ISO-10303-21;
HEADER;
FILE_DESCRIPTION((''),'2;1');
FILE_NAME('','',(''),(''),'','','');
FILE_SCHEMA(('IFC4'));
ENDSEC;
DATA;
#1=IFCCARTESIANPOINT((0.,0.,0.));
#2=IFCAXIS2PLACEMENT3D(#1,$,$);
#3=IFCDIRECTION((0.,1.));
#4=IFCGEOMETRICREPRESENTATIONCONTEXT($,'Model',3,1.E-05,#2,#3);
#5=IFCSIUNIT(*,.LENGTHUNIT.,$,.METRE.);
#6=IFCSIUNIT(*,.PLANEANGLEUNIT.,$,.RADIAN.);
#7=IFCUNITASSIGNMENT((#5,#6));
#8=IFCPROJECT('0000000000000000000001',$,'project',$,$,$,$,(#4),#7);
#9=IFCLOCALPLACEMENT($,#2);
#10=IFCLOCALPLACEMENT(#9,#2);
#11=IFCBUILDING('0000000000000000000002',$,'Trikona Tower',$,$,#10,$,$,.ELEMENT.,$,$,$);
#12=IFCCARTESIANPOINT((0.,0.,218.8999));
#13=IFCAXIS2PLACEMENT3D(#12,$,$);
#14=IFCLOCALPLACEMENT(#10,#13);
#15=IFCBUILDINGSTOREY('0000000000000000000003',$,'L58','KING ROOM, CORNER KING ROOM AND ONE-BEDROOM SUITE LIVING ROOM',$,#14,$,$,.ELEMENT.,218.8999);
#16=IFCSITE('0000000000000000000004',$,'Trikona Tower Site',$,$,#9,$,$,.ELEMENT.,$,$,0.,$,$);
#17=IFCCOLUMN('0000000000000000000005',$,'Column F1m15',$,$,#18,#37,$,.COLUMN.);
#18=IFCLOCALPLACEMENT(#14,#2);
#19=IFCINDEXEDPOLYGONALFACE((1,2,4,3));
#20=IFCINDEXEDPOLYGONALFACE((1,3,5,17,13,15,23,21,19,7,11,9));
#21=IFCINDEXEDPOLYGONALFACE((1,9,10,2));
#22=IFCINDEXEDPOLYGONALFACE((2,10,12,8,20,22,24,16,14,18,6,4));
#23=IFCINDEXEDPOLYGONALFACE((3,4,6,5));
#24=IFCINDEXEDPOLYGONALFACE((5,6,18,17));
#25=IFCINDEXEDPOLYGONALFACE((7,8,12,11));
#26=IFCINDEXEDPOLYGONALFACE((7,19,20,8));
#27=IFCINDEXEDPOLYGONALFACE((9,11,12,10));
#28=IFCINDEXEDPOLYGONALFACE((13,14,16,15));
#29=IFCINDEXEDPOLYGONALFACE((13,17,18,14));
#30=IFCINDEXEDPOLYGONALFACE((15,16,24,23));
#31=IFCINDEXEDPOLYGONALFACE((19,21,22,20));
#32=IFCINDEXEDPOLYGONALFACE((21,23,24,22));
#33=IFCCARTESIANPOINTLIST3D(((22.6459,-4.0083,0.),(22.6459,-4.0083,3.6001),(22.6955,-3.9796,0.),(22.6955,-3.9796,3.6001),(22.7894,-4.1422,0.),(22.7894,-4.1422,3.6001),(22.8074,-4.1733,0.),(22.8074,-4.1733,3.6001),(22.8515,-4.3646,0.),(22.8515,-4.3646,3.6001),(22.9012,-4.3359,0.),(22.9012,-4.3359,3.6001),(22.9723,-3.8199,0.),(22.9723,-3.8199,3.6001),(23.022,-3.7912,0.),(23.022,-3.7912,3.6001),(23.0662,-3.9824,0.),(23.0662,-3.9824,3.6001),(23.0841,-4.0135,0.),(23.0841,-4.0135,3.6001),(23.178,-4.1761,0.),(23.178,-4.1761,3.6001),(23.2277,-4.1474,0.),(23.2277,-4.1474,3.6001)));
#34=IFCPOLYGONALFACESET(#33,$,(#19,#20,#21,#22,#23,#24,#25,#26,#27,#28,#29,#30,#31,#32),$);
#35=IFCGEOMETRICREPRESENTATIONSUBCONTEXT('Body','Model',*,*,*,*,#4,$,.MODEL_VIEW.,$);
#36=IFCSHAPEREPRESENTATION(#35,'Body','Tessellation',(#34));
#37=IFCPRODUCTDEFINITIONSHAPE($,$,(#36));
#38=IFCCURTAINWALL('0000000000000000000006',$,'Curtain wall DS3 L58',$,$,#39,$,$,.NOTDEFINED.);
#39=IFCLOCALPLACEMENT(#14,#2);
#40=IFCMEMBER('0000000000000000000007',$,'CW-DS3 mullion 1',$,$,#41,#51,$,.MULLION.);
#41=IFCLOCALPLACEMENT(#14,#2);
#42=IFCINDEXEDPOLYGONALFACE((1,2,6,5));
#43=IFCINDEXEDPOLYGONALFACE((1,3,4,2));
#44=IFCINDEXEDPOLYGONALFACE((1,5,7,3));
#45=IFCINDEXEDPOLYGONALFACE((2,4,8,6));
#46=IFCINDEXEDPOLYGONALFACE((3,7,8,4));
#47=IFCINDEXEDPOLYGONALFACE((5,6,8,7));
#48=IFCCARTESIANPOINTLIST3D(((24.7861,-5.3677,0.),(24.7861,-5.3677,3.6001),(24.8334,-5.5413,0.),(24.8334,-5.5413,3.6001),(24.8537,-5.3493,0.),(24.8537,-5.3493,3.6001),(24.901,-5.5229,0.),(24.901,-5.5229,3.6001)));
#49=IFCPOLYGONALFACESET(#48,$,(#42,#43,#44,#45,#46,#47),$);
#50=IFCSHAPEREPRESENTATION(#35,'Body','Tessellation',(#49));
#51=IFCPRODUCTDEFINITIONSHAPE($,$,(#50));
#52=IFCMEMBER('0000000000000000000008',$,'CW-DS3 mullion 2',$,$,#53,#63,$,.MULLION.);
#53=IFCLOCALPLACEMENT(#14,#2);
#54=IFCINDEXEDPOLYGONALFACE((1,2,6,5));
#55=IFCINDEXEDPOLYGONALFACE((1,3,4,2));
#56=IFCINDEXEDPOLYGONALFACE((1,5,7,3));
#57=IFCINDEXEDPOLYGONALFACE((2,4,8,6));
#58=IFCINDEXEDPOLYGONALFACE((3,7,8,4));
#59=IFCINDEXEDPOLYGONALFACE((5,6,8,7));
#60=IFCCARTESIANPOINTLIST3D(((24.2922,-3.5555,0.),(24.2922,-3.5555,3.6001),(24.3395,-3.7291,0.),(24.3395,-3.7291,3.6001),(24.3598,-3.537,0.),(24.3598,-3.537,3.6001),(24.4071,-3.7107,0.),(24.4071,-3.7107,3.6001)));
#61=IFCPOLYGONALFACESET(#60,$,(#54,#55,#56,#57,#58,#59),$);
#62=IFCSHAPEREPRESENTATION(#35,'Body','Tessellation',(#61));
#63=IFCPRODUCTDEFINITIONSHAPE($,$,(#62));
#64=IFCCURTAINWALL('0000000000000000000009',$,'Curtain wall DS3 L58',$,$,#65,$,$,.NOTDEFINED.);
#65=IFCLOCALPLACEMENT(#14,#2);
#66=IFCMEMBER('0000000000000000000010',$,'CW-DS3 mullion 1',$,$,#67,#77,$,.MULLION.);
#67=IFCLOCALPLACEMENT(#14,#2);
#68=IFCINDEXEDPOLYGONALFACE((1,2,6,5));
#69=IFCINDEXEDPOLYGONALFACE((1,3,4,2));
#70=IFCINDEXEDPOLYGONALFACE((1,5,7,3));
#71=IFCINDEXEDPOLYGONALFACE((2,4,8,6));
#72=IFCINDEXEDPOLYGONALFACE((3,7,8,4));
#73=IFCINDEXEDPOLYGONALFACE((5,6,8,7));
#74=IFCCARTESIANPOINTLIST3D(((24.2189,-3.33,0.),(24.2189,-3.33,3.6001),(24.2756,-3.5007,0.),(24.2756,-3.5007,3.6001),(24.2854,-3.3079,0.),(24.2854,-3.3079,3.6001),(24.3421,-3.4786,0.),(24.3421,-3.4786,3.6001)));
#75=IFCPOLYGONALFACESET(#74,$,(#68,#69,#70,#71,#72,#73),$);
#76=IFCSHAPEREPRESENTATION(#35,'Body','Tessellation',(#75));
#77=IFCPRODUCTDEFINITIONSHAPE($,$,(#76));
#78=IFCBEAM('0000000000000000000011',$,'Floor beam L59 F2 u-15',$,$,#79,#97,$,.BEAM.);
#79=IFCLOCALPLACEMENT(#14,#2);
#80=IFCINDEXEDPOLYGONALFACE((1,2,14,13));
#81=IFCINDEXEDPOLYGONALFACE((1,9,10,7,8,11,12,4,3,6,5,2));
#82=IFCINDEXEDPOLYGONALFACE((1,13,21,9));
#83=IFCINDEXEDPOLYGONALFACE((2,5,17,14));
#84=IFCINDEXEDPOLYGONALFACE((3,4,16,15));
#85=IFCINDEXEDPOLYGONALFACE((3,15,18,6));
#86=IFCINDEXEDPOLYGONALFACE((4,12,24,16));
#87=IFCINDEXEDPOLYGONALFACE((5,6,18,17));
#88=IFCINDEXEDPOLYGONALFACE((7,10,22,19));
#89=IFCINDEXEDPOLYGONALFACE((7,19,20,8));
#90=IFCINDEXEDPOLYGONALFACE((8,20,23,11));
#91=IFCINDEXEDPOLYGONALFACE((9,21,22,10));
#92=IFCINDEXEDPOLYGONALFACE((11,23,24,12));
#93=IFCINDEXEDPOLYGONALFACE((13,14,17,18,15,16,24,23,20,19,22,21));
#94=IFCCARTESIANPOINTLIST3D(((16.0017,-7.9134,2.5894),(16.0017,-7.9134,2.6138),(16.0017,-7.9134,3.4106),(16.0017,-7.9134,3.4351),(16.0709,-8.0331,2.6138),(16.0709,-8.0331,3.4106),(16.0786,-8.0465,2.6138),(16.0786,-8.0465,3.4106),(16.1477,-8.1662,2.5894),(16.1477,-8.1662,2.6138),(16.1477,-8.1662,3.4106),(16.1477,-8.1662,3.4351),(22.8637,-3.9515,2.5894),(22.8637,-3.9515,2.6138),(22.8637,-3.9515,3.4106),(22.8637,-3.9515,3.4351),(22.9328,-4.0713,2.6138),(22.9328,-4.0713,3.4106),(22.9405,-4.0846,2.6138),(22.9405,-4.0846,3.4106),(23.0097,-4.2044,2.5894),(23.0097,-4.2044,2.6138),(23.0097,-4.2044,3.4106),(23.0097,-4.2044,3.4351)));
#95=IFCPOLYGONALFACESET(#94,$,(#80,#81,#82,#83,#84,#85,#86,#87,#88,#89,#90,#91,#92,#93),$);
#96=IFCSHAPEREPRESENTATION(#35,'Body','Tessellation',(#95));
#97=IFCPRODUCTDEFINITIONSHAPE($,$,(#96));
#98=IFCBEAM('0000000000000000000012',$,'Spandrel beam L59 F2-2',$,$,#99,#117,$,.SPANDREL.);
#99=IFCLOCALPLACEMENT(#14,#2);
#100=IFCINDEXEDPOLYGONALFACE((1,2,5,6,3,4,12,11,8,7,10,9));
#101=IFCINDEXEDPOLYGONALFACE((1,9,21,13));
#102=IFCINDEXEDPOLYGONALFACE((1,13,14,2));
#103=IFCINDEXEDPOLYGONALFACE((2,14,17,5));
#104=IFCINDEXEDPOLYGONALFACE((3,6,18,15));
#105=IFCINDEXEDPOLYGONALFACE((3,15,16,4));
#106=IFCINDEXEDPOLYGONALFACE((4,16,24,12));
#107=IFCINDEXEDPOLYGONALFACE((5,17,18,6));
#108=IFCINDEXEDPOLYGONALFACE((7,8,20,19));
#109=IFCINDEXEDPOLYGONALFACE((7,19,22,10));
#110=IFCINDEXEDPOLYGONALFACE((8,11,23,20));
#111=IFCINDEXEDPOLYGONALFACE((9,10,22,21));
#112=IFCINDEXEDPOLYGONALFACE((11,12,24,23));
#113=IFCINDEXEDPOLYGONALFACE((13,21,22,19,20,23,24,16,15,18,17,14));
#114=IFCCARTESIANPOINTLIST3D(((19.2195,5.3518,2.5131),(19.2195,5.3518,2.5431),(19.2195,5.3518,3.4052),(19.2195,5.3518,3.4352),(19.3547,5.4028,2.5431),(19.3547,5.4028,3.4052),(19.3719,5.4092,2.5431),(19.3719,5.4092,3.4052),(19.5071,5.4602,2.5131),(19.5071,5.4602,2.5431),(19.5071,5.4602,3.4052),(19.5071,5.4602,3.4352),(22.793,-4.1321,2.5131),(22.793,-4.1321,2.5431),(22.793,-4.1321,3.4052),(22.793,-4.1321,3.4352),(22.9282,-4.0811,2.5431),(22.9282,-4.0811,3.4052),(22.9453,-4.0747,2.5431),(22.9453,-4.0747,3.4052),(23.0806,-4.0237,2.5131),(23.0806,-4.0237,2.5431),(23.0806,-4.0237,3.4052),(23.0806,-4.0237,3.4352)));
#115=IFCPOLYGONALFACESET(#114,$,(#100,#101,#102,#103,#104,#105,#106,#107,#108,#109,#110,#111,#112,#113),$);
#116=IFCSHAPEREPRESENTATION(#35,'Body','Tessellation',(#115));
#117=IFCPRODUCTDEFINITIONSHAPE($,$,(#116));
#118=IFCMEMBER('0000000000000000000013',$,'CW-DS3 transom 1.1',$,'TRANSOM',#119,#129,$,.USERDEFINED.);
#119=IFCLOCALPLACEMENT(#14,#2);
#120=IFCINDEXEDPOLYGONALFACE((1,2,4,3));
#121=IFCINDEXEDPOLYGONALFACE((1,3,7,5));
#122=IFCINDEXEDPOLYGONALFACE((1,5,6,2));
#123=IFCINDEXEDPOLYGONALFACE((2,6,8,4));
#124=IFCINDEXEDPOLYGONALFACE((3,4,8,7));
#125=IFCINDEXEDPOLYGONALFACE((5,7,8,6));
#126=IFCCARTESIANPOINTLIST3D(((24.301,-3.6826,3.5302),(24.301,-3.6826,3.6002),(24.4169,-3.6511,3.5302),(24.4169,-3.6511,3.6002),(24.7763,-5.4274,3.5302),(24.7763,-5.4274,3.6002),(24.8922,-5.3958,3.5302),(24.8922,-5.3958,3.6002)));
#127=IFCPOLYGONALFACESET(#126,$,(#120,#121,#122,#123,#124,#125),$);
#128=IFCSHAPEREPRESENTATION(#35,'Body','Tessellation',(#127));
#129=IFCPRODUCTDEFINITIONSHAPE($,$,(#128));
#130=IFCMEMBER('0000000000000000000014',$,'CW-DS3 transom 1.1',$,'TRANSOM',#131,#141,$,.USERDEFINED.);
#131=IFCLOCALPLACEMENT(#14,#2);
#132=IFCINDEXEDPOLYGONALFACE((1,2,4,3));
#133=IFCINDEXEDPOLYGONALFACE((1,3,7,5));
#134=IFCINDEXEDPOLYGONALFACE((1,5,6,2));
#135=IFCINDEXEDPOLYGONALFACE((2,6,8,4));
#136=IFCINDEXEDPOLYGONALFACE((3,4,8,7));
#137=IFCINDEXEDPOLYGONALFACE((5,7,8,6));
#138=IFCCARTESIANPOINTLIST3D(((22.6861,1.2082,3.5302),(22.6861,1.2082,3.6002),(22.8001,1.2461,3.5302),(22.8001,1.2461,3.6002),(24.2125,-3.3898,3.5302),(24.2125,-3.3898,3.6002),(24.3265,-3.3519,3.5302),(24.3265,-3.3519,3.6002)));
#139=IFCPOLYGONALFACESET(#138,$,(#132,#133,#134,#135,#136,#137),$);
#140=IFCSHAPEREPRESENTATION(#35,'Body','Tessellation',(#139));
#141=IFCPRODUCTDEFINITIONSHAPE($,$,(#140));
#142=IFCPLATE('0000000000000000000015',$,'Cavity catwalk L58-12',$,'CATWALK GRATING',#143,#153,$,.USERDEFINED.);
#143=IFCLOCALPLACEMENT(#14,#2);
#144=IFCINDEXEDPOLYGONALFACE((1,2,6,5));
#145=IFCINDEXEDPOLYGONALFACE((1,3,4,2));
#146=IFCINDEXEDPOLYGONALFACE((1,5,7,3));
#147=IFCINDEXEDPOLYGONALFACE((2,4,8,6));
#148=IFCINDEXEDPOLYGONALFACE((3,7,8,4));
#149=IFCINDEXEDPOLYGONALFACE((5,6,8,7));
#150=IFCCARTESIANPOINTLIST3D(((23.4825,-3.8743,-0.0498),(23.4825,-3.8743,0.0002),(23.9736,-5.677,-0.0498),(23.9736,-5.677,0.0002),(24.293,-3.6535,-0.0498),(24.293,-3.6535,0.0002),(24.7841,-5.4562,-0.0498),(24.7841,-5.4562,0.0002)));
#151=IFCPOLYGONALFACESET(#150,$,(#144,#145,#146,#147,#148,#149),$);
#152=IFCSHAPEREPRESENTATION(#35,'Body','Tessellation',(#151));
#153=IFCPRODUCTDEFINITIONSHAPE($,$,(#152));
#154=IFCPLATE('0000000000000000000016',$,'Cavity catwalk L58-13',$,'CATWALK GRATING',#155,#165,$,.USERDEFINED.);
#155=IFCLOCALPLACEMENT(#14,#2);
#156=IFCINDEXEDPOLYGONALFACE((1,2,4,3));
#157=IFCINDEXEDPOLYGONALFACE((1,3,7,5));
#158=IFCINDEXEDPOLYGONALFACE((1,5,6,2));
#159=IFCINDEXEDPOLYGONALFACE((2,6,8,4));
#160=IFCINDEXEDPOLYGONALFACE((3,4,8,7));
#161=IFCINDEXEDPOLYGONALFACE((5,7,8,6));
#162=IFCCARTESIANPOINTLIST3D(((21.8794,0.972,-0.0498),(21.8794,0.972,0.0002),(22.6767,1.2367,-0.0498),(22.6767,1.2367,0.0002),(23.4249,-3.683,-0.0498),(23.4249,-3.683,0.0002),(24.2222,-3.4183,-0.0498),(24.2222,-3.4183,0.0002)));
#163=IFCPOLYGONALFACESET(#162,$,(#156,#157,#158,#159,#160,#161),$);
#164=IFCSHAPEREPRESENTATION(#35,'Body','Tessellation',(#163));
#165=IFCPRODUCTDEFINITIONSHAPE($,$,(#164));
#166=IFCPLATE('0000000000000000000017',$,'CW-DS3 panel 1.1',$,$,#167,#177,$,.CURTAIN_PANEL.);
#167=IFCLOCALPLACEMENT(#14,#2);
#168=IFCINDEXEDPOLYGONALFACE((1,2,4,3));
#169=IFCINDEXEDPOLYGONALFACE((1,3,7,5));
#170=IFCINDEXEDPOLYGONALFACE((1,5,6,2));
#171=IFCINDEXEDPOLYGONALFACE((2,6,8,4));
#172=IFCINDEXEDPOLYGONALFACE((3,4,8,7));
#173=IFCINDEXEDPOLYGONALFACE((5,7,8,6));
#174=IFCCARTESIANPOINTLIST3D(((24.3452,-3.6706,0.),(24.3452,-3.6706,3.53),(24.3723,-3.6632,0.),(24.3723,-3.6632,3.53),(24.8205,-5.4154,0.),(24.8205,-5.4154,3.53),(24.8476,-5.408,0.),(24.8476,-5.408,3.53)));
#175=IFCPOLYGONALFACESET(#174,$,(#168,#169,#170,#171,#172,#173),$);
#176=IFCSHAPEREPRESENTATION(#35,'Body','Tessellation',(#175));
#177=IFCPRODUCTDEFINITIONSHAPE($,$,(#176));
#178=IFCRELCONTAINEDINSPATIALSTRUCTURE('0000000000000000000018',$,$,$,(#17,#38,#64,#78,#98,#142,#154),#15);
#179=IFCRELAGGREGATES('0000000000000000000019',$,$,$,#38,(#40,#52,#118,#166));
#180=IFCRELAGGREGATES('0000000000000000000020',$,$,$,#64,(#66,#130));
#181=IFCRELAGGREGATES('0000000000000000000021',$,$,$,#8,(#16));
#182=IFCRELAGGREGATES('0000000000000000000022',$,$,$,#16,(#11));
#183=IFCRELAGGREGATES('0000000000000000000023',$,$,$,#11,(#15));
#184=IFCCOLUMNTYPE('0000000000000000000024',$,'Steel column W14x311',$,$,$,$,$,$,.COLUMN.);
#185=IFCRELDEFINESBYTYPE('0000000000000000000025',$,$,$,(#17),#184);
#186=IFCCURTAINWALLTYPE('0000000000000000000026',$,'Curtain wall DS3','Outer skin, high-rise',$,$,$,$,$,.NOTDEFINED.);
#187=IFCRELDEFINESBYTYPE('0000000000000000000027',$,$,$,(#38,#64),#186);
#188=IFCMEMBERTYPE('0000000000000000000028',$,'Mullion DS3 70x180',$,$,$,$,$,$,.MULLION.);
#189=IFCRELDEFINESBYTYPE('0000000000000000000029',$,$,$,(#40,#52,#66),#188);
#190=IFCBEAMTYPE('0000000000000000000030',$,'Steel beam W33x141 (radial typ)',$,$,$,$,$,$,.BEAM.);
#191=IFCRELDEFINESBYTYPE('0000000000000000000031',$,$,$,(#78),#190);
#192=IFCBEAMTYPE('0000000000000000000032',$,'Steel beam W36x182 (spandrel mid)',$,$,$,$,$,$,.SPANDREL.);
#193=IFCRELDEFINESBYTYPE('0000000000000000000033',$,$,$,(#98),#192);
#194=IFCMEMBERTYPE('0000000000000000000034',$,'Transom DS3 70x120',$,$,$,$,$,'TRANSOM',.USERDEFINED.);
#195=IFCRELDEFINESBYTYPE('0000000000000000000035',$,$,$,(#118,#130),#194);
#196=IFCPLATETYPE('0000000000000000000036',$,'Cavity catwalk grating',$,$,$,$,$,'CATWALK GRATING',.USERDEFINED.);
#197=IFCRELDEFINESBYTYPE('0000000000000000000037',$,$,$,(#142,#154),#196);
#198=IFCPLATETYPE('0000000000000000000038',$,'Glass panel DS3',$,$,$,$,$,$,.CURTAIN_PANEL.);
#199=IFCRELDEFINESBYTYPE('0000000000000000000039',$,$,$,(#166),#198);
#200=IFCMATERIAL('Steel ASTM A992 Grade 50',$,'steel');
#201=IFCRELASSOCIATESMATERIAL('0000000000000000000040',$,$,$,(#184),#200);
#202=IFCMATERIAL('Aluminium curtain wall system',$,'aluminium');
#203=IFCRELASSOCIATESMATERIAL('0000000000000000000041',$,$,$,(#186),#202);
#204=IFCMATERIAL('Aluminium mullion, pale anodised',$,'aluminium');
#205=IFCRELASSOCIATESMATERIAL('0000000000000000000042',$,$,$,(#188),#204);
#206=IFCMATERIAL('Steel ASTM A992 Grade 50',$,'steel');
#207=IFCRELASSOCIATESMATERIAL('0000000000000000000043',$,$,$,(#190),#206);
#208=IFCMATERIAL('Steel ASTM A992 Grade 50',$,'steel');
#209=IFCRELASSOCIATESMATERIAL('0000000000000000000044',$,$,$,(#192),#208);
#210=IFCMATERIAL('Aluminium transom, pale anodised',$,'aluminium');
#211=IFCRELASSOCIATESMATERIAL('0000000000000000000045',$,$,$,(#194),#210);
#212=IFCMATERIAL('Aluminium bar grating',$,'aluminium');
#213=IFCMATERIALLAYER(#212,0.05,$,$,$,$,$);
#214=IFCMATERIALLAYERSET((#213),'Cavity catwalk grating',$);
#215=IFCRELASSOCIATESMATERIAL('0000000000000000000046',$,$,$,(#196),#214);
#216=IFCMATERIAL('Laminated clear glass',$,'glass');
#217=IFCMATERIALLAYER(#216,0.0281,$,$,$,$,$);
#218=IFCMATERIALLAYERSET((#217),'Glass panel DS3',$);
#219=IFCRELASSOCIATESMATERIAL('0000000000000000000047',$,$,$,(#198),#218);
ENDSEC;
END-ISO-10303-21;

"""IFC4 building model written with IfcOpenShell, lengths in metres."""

from ifc_helpers import new_model, si_unit, direction, frame, origin, origin_2d, place, context, subcontext, project, spatial, rectangle, i_section, extrude, material, layer, layer_set, material_profile, profile_set, type_object, element, aggregate, save


model = new_model("IFC4")

# Units and contexts
model_context = context("Model", 3, precision=1e-05, world=origin(), true_north=direction((0.0, 1.0)))
body_context = subcontext(model_context, "Body", "Model", "MODEL_VIEW")
ifc_project = project(units=[si_unit("LENGTHUNIT", "METRE"), si_unit("PLANEANGLEUNIT", "RADIAN")], contexts=[model_context])

# Site, building, storey
site_placement = place(None, origin())
site = spatial("IfcSite", under=ifc_project, at=site_placement, Name="Trikona Tower Site", CompositionType="ELEMENT", RefElevation=0.0)
building_placement = place(site_placement, origin())
building = spatial("IfcBuilding", under=site, at=building_placement, Name="Trikona Tower", CompositionType="ELEMENT")
storey_placement = place(building_placement, frame((0.0, 0.0, 218.8999)))
storey = spatial("IfcBuildingStorey", under=building, at=storey_placement, Name="L58", Description="KING ROOM, CORNER KING ROOM AND ONE-BEDROOM SUITE LIVING ROOM", CompositionType="ELEMENT", Elevation=218.8999)

# Column
ifc_material_1 = material(Name="Steel ASTM A992 Grade 50", Category="steel")
ifc_material_profile_1 = material_profile(ifc_material_1, i_section(OverallWidth=0.4114, OverallDepth=0.4343, WebThickness=0.0359, FlangeThickness=0.0574, at=origin_2d()), Name="W14X311")
ifc_profile_set_1 = profile_set([ifc_material_profile_1], Name="Steel ASTM A992 Grade 50")
column_type = type_object("IfcColumnType", Name="Steel column W14x311", PredefinedType="COLUMN", material=ifc_profile_set_1)
column_placement = place(storey_placement, frame((22.9368, -4.0779, 0.0), z_axis=(0.0, 0.0, 1.0), x_axis=(-0.5, 0.866025, 0.0)))
element("IfcColumn", 1, at=column_placement, inside=storey, type_object=column_type, Name="Column F1m15", PredefinedType="COLUMN", context=body_context, shape_type="SweptSolid", body=[
    extrude(i_section(OverallWidth=0.4114, OverallDepth=0.4343, WebThickness=0.0359, FlangeThickness=0.0574, at=origin_2d()), origin(), (0.0, 0.0, 1.0), 3.6001),
])

# Curtain wall, members
ifc_material_2 = material(Name="Aluminium curtain wall system", Category="aluminium")
curtain_wall_type = type_object("IfcCurtainWallType", Name="Curtain wall DS3", Description="Outer skin, high-rise", PredefinedType="NOTDEFINED", material=ifc_material_2)
curtain_wall_1_placement = place(storey_placement, origin())
curtain_wall_1 = element("IfcCurtainWall", 2, at=curtain_wall_1_placement, inside=storey, type_object=curtain_wall_type, Name="Curtain wall DS3 L58", PredefinedType="NOTDEFINED")
ifc_material_3 = material(Name="Aluminium mullion, pale anodised", Category="aluminium")
ifc_material_profile_2 = material_profile(ifc_material_3, rectangle(XDim=0.0701, YDim=0.1799, at=origin_2d()), Name="MUL-DS3")
ifc_profile_set_2 = profile_set([ifc_material_profile_2], Name="Aluminium mullion, pale anodised")
member_type_1 = type_object("IfcMemberType", Name="Mullion DS3 70x180", PredefinedType="MULLION", material=ifc_profile_set_2)
member_1_placement = place(storey_placement, frame((24.8435, -5.4453, 0.0), z_axis=(0.0, 0.0, 1.0), x_axis=(-0.964838, -0.262844, 0.0)))
member_1 = element("IfcMember", 3, at=member_1_placement, type_object=member_type_1, Name="CW-DS3 mullion 1", PredefinedType="MULLION", context=body_context, shape_type="SweptSolid", body=[
    extrude(rectangle(XDim=0.0701, YDim=0.1799, at=origin_2d()), origin(), (0.0, 0.0, 1.0), 3.6001),
])
member_2_placement = place(storey_placement, frame((24.3496, -3.6331, 0.0), z_axis=(0.0, 0.0, 1.0), x_axis=(-0.964838, -0.262844, 0.0)))
member_2 = element("IfcMember", 4, at=member_2_placement, type_object=member_type_1, Name="CW-DS3 mullion 2", PredefinedType="MULLION", context=body_context, shape_type="SweptSolid", body=[
    extrude(rectangle(XDim=0.0701, YDim=0.1799, at=origin_2d()), origin(), (0.0, 0.0, 1.0), 3.6001),
])

# Curtain wall, member
curtain_wall_2_placement = place(storey_placement, origin())
curtain_wall_2 = element("IfcCurtainWall", 5, at=curtain_wall_2_placement, inside=storey, type_object=curtain_wall_type, Name="Curtain wall DS3 L58", PredefinedType="NOTDEFINED")
member_3_placement = place(storey_placement, frame((24.2805, -3.4043, 0.0), z_axis=(0.0, 0.0, 1.0), x_axis=(-0.949066, -0.315078, 0.0)))
member_3 = element("IfcMember", 6, at=member_3_placement, type_object=member_type_1, Name="CW-DS3 mullion 1", PredefinedType="MULLION", context=body_context, shape_type="SweptSolid", body=[
    extrude(rectangle(XDim=0.0701, YDim=0.1799, at=origin_2d()), origin(), (0.0, 0.0, 1.0), 3.6001),
])

# Beams
ifc_material_4 = material(Name="Steel ASTM A992 Grade 50", Category="steel")
ifc_material_profile_3 = material_profile(ifc_material_4, i_section(OverallWidth=0.292, OverallDepth=0.8457, WebThickness=0.0154, FlangeThickness=0.0244, at=origin_2d()), Name="W33X141")
ifc_profile_set_3 = profile_set([ifc_material_profile_3], Name="Steel ASTM A992 Grade 50")
beam_type_1 = type_object("IfcBeamType", Name="Steel beam W33x141 (radial typ)", PredefinedType="BEAM", material=ifc_profile_set_3)
beam_1_placement = place(storey_placement, frame((16.0747, -8.0398, 3.0122), z_axis=(0.86602, 0.50001, 0.0), x_axis=(-0.50001, 0.86602, 0.0)))
element("IfcBeam", 7, at=beam_1_placement, inside=storey, type_object=beam_type_1, Name="Floor beam L59 F2 u-15", PredefinedType="BEAM", context=body_context, shape_type="SweptSolid", body=[
    extrude(i_section(OverallWidth=0.292, OverallDepth=0.8457, WebThickness=0.0154, FlangeThickness=0.0244, at=origin_2d()), origin(), (0.0, 0.0, 1.0), 7.9236),
])
ifc_material_5 = material(Name="Steel ASTM A992 Grade 50", Category="steel")
ifc_material_profile_4 = material_profile(ifc_material_5, i_section(OverallWidth=0.3074, OverallDepth=0.9221, WebThickness=0.0183, FlangeThickness=0.03, at=origin_2d()), Name="W36X182")
ifc_profile_set_4 = profile_set([ifc_material_profile_4], Name="Steel ASTM A992 Grade 50")
beam_type_2 = type_object("IfcBeamType", Name="Steel beam W36x182 (spandrel mid)", PredefinedType="SPANDREL", material=ifc_profile_set_4)
beam_2_placement = place(storey_placement, frame((22.9368, -4.0779, 2.9741), z_axis=(-0.352596, 0.935776, 0.0), x_axis=(-0.935776, -0.352596, 0.0)))
element("IfcBeam", 8, at=beam_2_placement, inside=storey, type_object=beam_type_2, Name="Spandrel beam L59 F2-2", PredefinedType="SPANDREL", context=body_context, shape_type="SweptSolid", body=[
    extrude(i_section(OverallWidth=0.3074, OverallDepth=0.9221, WebThickness=0.0183, FlangeThickness=0.03, at=origin_2d()), origin(), (0.0, 0.0, 1.0), 10.1348),
])

# Members
ifc_material_6 = material(Name="Aluminium transom, pale anodised", Category="aluminium")
ifc_material_profile_5 = material_profile(ifc_material_6, rectangle(XDim=0.1201, YDim=0.0701, at=origin_2d()), Name="TRN-DS3")
ifc_profile_set_5 = profile_set([ifc_material_profile_5], Name="Aluminium transom, pale anodised")
member_type_2 = type_object("IfcMemberType", Name="Transom DS3 70x120", ElementType="TRANSOM", PredefinedType="USERDEFINED", material=ifc_profile_set_5)
member_4_placement = place(storey_placement, frame((24.8342, -5.4116, 3.5652), z_axis=(-0.262843, 0.964839, 0.0), x_axis=(-0.964839, -0.262843, 0.0)))
member_4 = element("IfcMember", 9, at=member_4_placement, type_object=member_type_2, Name="CW-DS3 transom 1.1", ObjectType="TRANSOM", PredefinedType="USERDEFINED", context=body_context, shape_type="SweptSolid", body=[
    extrude(rectangle(XDim=0.1201, YDim=0.0701, at=origin_2d()), origin(), (0.0, 0.0, 1.0), 1.8083),
])
member_5_placement = place(storey_placement, frame((24.2695, -3.3708, 3.5652), z_axis=(-0.315063, 0.949071, 0.0), x_axis=(-0.949071, -0.315063, 0.0)))
member_5 = element("IfcMember", 10, at=member_5_placement, type_object=member_type_2, Name="CW-DS3 transom 1.1", ObjectType="TRANSOM", PredefinedType="USERDEFINED", context=body_context, shape_type="SweptSolid", body=[
    extrude(rectangle(XDim=0.1201, YDim=0.0701, at=origin_2d()), origin(), (0.0, 0.0, 1.0), 4.8447),
])

# Plates
ifc_material_7 = material(Name="Aluminium bar grating", Category="aluminium")
ifc_layer_1 = layer(ifc_material_7, 0.05)
ifc_layer_set_1 = layer_set([ifc_layer_1], Name="Cavity catwalk grating")
plate_type_1 = type_object("IfcPlateType", Name="Cavity catwalk grating", ElementType="CATWALK GRATING", PredefinedType="USERDEFINED", material=ifc_layer_set_1)
plate_1_placement = place(storey_placement, frame((24.1333, -4.6653, -0.0498), z_axis=(0.0, 0.0, 1.0), x_axis=(-0.262822, 0.964844, 0.0)))
element("IfcPlate", 11, at=plate_1_placement, inside=storey, type_object=plate_type_1, Name="Cavity catwalk L58-12", ObjectType="CATWALK GRATING", PredefinedType="USERDEFINED", context=body_context, shape_type="SweptSolid", body=[
    extrude(rectangle(XDim=1.8684, YDim=0.8401, at=origin_2d()), origin(), (0.0, 0.0, 1.0), 0.05),
])
plate_2_placement = place(storey_placement, frame((23.0508, -1.2231, -0.0498), z_axis=(0.0, 0.0, 1.0), x_axis=(-0.315093, 0.949061, 0.0)))
element("IfcPlate", 12, at=plate_2_placement, inside=storey, type_object=plate_type_1, Name="Cavity catwalk L58-13", ObjectType="CATWALK GRATING", PredefinedType="USERDEFINED", context=body_context, shape_type="SweptSolid", body=[
    extrude(rectangle(XDim=4.9048, YDim=0.8401, at=origin_2d()), origin(), (0.0, 0.0, 1.0), 0.05),
])

# Plate
ifc_material_8 = material(Name="Laminated clear glass", Category="glass")
ifc_layer_2 = layer(ifc_material_8, 0.0281)
ifc_layer_set_2 = layer_set([ifc_layer_2], Name="Glass panel DS3")
plate_type_2 = type_object("IfcPlateType", Name="Glass panel DS3", PredefinedType="CURTAIN_PANEL", material=ifc_layer_set_2)
plate_3_placement = place(storey_placement, frame((24.5964, -4.5393, 0.0), z_axis=(0.0, 0.0, 1.0), x_axis=(-0.262844, 0.964838, 0.0)))
plate_3 = element("IfcPlate", 13, at=plate_3_placement, type_object=plate_type_2, Name="CW-DS3 panel 1.1", PredefinedType="CURTAIN_PANEL", context=body_context, shape_type="SweptSolid", body=[
    extrude(rectangle(XDim=1.8083, YDim=0.0281, at=origin_2d()), origin(), (0.0, 0.0, 1.0), 3.53),
])
aggregate(curtain_wall_1, [member_1, member_2, member_4, plate_3])
aggregate(curtain_wall_2, [member_3, member_5])

save(model, "model.ifc")
